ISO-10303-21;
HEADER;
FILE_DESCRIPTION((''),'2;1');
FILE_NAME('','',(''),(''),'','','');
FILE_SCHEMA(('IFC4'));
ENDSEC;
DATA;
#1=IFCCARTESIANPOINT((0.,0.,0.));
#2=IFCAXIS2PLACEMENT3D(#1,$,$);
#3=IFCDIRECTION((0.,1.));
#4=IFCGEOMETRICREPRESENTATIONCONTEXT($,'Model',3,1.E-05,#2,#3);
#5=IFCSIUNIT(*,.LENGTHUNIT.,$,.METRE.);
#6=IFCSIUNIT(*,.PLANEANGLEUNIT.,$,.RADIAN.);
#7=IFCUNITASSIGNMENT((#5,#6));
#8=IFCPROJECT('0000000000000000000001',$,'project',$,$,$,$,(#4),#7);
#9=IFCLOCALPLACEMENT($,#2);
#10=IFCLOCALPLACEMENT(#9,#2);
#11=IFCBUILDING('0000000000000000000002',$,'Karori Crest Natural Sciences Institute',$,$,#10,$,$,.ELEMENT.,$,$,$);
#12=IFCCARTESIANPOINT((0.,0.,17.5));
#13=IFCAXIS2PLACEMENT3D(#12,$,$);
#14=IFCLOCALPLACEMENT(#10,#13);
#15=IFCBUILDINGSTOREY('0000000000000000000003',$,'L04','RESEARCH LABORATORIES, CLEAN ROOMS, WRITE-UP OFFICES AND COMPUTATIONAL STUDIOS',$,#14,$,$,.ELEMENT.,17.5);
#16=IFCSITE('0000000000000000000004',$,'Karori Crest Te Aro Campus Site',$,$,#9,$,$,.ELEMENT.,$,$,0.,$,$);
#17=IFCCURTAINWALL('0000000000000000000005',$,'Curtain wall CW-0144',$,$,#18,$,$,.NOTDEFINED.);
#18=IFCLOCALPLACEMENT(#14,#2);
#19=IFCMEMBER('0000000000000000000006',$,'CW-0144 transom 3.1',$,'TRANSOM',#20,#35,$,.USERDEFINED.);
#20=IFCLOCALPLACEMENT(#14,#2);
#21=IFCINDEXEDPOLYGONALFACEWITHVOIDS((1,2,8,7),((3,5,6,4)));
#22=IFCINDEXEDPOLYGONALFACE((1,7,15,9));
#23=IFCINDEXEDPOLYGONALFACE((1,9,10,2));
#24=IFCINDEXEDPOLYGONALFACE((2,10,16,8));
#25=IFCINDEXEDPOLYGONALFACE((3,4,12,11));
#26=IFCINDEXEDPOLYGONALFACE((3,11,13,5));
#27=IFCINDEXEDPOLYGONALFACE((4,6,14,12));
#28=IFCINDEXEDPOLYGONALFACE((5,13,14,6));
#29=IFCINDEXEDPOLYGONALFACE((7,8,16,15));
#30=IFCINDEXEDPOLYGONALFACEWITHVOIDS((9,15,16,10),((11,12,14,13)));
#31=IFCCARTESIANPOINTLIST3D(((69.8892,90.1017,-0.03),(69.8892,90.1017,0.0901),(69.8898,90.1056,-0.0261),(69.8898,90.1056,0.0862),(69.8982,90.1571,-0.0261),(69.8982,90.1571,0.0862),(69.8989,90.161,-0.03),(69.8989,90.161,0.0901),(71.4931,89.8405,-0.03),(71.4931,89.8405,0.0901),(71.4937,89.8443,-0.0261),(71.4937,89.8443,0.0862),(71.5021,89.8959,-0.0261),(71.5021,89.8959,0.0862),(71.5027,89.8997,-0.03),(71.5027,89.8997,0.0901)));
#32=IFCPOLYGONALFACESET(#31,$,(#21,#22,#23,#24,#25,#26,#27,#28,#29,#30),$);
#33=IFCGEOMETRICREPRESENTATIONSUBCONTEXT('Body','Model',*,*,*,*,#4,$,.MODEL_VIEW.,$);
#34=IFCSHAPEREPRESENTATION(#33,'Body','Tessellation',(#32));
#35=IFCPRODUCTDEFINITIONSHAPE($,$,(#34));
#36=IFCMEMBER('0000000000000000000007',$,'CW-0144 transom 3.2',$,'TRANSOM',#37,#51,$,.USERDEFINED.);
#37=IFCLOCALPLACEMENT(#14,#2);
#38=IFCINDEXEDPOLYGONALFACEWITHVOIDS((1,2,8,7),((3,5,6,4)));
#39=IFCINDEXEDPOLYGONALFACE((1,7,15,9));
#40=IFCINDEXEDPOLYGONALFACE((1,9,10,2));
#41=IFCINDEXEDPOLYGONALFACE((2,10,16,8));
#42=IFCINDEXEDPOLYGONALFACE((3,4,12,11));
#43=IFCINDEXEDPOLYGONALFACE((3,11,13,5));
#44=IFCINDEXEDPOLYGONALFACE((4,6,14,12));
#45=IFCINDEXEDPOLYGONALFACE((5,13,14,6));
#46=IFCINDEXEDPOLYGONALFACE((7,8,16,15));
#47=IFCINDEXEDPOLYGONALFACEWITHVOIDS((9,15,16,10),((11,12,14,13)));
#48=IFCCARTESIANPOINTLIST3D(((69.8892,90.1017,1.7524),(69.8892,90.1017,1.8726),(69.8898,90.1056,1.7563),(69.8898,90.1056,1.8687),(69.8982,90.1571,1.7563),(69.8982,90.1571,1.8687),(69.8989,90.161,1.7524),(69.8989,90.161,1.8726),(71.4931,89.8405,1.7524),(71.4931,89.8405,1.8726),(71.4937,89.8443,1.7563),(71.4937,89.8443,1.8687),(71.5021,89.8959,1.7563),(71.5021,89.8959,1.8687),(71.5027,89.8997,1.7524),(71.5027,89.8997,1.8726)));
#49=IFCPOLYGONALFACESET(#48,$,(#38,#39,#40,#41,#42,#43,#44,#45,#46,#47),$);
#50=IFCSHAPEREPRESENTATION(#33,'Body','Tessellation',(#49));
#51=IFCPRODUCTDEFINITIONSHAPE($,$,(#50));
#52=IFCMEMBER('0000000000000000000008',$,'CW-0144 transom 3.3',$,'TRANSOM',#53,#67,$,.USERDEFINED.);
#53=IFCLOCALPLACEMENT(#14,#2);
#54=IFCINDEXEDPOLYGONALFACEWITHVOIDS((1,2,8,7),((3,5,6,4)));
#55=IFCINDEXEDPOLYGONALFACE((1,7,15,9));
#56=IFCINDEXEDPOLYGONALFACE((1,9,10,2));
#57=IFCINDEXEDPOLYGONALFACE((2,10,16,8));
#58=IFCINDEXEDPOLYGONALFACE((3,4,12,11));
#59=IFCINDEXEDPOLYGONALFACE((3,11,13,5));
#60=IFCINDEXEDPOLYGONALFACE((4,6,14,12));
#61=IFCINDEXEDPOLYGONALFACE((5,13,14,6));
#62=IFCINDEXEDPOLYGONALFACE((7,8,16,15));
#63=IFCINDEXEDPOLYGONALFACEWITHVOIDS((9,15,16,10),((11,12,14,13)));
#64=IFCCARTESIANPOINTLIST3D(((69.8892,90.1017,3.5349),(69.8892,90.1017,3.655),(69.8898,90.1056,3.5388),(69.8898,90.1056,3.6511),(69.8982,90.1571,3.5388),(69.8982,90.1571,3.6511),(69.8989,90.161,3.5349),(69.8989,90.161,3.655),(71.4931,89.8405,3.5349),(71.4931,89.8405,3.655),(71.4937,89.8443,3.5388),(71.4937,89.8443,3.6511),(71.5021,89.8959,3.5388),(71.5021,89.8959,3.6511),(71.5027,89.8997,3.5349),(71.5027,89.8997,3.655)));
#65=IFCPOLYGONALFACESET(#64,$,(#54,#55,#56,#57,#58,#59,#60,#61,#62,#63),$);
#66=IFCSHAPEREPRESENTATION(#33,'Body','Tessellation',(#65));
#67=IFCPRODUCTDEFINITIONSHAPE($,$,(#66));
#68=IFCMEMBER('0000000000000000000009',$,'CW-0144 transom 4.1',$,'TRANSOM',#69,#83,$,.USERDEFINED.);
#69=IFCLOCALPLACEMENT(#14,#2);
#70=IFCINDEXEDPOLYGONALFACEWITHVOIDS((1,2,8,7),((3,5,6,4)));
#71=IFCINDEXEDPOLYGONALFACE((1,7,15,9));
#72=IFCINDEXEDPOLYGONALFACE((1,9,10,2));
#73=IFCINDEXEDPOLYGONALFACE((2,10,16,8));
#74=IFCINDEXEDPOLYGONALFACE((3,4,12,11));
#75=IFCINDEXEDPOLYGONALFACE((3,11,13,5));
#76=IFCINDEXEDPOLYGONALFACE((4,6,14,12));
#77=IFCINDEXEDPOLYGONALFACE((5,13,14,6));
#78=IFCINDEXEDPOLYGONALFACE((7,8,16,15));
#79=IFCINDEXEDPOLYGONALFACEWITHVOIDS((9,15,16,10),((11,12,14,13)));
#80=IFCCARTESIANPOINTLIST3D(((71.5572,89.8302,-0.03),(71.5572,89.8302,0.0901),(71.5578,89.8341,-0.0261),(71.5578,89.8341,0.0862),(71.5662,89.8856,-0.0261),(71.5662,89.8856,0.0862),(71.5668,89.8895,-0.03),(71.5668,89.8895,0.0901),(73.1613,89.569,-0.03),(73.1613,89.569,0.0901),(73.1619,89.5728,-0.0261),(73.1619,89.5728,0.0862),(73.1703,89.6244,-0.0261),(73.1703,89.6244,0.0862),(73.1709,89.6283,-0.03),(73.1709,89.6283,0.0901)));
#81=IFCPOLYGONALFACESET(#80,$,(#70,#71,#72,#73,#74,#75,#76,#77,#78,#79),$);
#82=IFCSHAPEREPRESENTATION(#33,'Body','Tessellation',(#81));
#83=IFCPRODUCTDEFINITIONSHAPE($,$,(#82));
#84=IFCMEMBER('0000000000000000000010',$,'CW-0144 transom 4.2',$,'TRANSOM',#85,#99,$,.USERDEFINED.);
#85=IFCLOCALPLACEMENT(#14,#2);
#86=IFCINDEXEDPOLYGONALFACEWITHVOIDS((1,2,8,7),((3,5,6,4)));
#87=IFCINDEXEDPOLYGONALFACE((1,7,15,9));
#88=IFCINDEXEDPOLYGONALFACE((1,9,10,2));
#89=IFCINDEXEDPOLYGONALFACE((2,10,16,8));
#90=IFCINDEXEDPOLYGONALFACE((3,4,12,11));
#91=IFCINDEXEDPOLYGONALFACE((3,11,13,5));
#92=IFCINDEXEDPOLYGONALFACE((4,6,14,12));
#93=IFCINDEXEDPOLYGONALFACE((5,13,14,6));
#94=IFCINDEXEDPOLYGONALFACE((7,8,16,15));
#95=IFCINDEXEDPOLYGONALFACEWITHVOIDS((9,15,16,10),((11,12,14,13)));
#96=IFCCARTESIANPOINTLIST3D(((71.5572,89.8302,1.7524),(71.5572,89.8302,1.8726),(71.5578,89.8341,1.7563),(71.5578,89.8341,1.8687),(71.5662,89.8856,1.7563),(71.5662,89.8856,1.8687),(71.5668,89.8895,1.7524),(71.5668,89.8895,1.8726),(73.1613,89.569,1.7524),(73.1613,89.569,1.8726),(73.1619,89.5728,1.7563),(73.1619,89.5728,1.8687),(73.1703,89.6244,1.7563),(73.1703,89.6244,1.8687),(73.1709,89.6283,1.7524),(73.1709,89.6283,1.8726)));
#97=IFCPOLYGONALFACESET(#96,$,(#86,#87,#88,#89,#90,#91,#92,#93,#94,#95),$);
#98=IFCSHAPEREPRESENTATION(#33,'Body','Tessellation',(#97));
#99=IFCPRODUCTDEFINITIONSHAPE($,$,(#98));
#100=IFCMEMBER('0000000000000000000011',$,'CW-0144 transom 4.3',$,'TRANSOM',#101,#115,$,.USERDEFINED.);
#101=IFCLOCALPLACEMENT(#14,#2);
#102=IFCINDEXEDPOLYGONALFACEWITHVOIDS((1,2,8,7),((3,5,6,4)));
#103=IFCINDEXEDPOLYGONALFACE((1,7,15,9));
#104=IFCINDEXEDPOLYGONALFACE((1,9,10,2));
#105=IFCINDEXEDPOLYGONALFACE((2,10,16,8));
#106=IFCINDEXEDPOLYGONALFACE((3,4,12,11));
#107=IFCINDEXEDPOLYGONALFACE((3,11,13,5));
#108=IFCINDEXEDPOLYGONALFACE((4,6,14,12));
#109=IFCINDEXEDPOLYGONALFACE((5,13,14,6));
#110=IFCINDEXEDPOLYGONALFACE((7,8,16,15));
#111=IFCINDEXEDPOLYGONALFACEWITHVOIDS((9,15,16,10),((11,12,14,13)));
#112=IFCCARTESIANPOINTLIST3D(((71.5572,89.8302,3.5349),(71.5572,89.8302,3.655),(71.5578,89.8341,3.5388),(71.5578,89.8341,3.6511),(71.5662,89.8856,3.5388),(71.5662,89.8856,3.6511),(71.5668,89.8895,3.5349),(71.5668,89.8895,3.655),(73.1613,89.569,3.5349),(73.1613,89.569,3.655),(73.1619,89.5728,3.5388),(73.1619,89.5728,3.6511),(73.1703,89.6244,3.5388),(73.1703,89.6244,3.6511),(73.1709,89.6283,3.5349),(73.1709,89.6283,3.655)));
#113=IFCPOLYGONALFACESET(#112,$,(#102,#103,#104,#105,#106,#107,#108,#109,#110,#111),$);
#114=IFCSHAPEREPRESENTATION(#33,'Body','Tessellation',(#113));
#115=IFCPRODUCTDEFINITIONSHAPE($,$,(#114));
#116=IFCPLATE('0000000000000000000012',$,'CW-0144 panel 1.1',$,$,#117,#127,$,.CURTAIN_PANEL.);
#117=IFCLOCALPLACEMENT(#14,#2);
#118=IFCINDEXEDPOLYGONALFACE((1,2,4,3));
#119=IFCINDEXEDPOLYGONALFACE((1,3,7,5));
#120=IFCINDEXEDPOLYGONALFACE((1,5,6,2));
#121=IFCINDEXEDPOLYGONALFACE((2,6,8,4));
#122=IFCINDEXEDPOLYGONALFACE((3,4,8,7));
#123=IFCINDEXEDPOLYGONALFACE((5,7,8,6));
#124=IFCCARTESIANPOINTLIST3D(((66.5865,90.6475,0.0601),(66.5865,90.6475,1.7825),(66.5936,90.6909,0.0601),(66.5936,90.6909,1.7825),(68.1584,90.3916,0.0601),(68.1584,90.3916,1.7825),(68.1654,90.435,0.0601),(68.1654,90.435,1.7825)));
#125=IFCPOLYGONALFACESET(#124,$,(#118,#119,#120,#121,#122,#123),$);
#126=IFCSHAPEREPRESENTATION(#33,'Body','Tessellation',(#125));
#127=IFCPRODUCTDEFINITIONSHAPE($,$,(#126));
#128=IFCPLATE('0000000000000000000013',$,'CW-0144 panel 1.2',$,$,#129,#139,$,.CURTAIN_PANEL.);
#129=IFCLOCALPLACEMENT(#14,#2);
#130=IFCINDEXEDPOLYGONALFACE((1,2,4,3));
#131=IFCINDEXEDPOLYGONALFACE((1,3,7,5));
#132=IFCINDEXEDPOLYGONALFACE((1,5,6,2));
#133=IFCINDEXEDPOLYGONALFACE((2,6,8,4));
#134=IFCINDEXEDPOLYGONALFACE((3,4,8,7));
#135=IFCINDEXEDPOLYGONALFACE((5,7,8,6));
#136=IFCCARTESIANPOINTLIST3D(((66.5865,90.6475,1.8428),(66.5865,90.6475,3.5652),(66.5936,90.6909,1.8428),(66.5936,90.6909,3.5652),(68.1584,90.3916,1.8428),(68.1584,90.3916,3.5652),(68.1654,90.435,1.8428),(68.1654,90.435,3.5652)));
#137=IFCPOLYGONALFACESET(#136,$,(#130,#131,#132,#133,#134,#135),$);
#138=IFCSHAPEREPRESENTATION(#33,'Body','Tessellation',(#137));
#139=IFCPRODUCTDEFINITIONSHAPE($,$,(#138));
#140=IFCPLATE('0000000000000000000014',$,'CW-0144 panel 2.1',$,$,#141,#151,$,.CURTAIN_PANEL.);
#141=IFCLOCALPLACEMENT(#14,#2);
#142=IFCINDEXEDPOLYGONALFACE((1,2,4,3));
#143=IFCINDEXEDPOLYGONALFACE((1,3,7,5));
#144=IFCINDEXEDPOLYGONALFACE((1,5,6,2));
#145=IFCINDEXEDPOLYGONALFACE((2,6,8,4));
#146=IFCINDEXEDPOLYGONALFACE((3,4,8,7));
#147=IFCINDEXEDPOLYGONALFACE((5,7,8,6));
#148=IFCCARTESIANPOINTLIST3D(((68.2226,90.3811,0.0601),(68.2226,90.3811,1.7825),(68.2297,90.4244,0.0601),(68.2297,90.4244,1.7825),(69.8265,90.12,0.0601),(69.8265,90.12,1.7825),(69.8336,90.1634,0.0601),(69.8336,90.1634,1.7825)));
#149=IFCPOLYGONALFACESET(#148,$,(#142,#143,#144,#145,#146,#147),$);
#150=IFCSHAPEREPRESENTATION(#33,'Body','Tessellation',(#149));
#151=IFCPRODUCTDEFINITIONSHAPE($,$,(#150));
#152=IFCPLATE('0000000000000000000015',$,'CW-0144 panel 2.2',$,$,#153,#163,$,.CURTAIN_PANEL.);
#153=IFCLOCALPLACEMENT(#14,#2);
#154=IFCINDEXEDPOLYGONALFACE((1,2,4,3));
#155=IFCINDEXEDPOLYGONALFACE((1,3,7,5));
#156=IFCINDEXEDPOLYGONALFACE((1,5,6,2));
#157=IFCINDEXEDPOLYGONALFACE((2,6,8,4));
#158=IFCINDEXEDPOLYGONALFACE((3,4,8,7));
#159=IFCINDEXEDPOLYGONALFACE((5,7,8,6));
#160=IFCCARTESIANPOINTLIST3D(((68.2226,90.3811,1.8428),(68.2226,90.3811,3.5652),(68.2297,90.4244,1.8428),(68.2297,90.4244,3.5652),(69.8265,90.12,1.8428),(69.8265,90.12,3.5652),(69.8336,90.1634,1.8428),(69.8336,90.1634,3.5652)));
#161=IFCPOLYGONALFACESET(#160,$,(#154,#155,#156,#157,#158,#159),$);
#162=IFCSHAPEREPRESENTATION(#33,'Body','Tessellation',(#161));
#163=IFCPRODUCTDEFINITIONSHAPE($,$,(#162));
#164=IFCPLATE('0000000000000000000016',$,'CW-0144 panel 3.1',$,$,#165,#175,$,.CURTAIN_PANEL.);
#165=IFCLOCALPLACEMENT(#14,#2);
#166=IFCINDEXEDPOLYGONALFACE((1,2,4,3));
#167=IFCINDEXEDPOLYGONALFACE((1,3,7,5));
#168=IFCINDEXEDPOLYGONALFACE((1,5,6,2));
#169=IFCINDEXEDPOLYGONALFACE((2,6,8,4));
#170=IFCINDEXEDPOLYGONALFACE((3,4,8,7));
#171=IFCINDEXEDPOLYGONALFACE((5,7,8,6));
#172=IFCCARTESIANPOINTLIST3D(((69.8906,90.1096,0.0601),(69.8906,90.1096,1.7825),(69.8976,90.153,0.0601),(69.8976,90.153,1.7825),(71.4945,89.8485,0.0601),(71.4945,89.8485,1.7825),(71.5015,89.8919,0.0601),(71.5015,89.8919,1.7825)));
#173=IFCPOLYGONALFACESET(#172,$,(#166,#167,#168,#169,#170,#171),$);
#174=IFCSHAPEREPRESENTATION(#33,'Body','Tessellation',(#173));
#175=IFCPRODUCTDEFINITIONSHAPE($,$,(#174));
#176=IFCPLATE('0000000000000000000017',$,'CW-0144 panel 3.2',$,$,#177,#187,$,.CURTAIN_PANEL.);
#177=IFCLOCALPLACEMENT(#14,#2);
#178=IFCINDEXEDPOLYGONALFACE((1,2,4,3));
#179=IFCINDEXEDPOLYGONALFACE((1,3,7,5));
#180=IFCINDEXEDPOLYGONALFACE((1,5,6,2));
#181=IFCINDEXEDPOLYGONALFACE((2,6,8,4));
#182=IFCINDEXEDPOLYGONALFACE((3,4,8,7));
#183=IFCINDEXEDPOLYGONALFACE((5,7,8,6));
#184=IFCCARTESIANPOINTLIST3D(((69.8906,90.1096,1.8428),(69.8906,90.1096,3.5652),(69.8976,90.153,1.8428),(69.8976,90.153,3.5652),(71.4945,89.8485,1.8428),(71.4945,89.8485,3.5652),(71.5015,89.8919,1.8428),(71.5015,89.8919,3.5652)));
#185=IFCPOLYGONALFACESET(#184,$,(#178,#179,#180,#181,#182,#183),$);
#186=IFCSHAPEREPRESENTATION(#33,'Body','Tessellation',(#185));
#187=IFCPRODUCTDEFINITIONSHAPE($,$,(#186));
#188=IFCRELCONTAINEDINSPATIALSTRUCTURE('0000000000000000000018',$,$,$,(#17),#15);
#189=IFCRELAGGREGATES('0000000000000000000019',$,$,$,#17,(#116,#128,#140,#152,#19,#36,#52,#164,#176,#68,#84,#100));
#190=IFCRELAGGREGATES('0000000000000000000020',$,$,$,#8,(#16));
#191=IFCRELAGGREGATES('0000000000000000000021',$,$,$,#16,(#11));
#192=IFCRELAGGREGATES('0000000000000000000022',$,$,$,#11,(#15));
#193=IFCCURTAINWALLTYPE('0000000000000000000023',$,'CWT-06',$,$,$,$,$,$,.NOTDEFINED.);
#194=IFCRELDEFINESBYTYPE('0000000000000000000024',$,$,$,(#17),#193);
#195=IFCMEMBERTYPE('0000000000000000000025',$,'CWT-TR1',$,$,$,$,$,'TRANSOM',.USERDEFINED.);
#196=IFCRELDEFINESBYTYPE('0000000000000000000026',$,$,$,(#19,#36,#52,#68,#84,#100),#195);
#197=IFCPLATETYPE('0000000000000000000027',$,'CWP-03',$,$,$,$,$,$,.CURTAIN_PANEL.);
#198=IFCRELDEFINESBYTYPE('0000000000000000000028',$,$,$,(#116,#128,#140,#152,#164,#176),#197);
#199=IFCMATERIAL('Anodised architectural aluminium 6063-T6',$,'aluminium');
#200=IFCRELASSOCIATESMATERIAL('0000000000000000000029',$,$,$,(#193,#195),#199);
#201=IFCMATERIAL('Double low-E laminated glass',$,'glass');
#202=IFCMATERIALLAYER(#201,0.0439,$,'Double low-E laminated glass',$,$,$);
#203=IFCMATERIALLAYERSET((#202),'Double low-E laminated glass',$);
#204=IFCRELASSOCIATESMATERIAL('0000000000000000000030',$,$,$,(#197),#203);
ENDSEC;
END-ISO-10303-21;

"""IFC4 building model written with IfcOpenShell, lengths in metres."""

from ifc_helpers import new_model, si_unit, direction, frame, origin, origin_2d, place, context, subcontext, project, spatial, rectangle, hollow_rectangle, extrude, material, layer, layer_set, material_profile, profile_set, type_object, element, aggregate, save


model = new_model("IFC4")

# Units and contexts
model_context = context("Model", 3, precision=1e-05, world=origin(), true_north=direction((0.0, 1.0)))
body_context = subcontext(model_context, "Body", "Model", "MODEL_VIEW")
ifc_project = project(units=[si_unit("LENGTHUNIT", "METRE"), si_unit("PLANEANGLEUNIT", "RADIAN")], contexts=[model_context])

# Site, building, storey
site_placement = place(None, origin())
site = spatial("IfcSite", under=ifc_project, at=site_placement, Name="Karori Crest Te Aro Campus Site", CompositionType="ELEMENT", RefElevation=0.0)
building_placement = place(site_placement, origin())
building = spatial("IfcBuilding", under=site, at=building_placement, Name="Karori Crest Natural Sciences Institute", CompositionType="ELEMENT")
storey_placement = place(building_placement, frame((0.0, 0.0, 17.5)))
storey = spatial("IfcBuildingStorey", under=building, at=storey_placement, Name="L04", Description="RESEARCH LABORATORIES, CLEAN ROOMS, WRITE-UP OFFICES AND COMPUTATIONAL STUDIOS", CompositionType="ELEMENT", Elevation=17.5)

# Curtain wall, members, plates
ifc_material_1 = material(Name="Anodised architectural aluminium 6063-T6", Category="aluminium")
curtain_wall_type = type_object("IfcCurtainWallType", Name="CWT-06", PredefinedType="NOTDEFINED", material=ifc_material_1)
curtain_wall_placement = place(storey_placement, origin())
curtain_wall = element("IfcCurtainWall", 1, at=curtain_wall_placement, inside=storey, type_object=curtain_wall_type, Name="Curtain wall CW-0144", PredefinedType="NOTDEFINED")
ifc_material_profile_1 = material_profile(ifc_material_1, hollow_rectangle(XDim=0.0601, YDim=0.1201, WallThickness=0.0039, at=origin_2d()), Name="CWT120x60x4")
ifc_profile_set_1 = profile_set([ifc_material_profile_1], Name="Anodised architectural aluminium 6063-T6")
member_type_1 = type_object("IfcMemberType", Name="CWT-TR1", ElementType="TRANSOM", PredefinedType="USERDEFINED", material=ifc_profile_set_1)
member_1_placement = place(storey_placement, frame((69.894, 90.1313, 0.03), z_axis=(0.986992, -0.160768, 0.0), x_axis=(0.160768, 0.986992, 0.0)))
member_1 = element("IfcMember", 2, at=member_1_placement, type_object=member_type_1, Name="CW-0144 transom 3.1", ObjectType="TRANSOM", PredefinedType="USERDEFINED", context=body_context, shape_type="SweptSolid", body=[
    extrude(hollow_rectangle(XDim=0.0601, YDim=0.1201, WallThickness=0.0039, at=origin_2d()), origin(), (0.0, 0.0, 1.0), 1.625),
])
member_2_placement = place(storey_placement, frame((69.894, 90.1313, 1.8125), z_axis=(0.986992, -0.160768, 0.0), x_axis=(0.160768, 0.986992, 0.0)))
member_2 = element("IfcMember", 3, at=member_2_placement, type_object=member_type_1, Name="CW-0144 transom 3.2", ObjectType="TRANSOM", PredefinedType="USERDEFINED", context=body_context, shape_type="SweptSolid", body=[
    extrude(hollow_rectangle(XDim=0.0601, YDim=0.1201, WallThickness=0.0039, at=origin_2d()), origin(), (0.0, 0.0, 1.0), 1.625),
])
member_3_placement = place(storey_placement, frame((69.894, 90.1313, 3.595), z_axis=(0.986992, -0.160768, 0.0), x_axis=(0.160768, 0.986992, 0.0)))
member_3 = element("IfcMember", 4, at=member_3_placement, type_object=member_type_1, Name="CW-0144 transom 3.3", ObjectType="TRANSOM", PredefinedType="USERDEFINED", context=body_context, shape_type="SweptSolid", body=[
    extrude(hollow_rectangle(XDim=0.0601, YDim=0.1201, WallThickness=0.0039, at=origin_2d()), origin(), (0.0, 0.0, 1.0), 1.625),
])
member_4_placement = place(storey_placement, frame((71.562, 89.8599, 0.03), z_axis=(0.986996, -0.160744, 0.0), x_axis=(0.160744, 0.986996, 0.0)))
member_4 = element("IfcMember", 5, at=member_4_placement, type_object=member_type_1, Name="CW-0144 transom 4.1", ObjectType="TRANSOM", PredefinedType="USERDEFINED", context=body_context, shape_type="SweptSolid", body=[
    extrude(hollow_rectangle(XDim=0.0601, YDim=0.1201, WallThickness=0.0039, at=origin_2d()), origin(), (0.0, 0.0, 1.0), 1.6252),
])
member_5_placement = place(storey_placement, frame((71.562, 89.8599, 1.8125), z_axis=(0.986996, -0.160744, 0.0), x_axis=(0.160744, 0.986996, 0.0)))
member_5 = element("IfcMember", 6, at=member_5_placement, type_object=member_type_1, Name="CW-0144 transom 4.2", ObjectType="TRANSOM", PredefinedType="USERDEFINED", context=body_context, shape_type="SweptSolid", body=[
    extrude(hollow_rectangle(XDim=0.0601, YDim=0.1201, WallThickness=0.0039, at=origin_2d()), origin(), (0.0, 0.0, 1.0), 1.6252),
])
member_6_placement = place(storey_placement, frame((71.562, 89.8599, 3.595), z_axis=(0.986996, -0.160744, 0.0), x_axis=(0.160744, 0.986996, 0.0)))
member_6 = element("IfcMember", 7, at=member_6_placement, type_object=member_type_1, Name="CW-0144 transom 4.3", ObjectType="TRANSOM", PredefinedType="USERDEFINED", context=body_context, shape_type="SweptSolid", body=[
    extrude(hollow_rectangle(XDim=0.0601, YDim=0.1201, WallThickness=0.0039, at=origin_2d()), origin(), (0.0, 0.0, 1.0), 1.6252),
])
ifc_material_2 = material(Name="Double low-E laminated glass", Category="glass")
ifc_layer_1 = layer(ifc_material_2, 0.0439, Name="Double low-E laminated glass")
ifc_layer_set_1 = layer_set([ifc_layer_1], Name="Double low-E laminated glass")
plate_type = type_object("IfcPlateType", Name="CWP-03", PredefinedType="CURTAIN_PANEL", material=ifc_layer_set_1)
plate_1_placement = place(storey_placement, frame((67.376, 90.5413, 0.0601), z_axis=(0.0, 0.0, 1.0), x_axis=(0.987011, -0.160655, 0.0)))
plate_1 = element("IfcPlate", 8, at=plate_1_placement, type_object=plate_type, Name="CW-0144 panel 1.1", PredefinedType="CURTAIN_PANEL", context=body_context, shape_type="SweptSolid", body=[
    extrude(rectangle(XDim=1.5925, YDim=0.0439, at=origin_2d()), origin(), (0.0, 0.0, 1.0), 1.7224),
])
plate_2_placement = place(storey_placement, frame((67.376, 90.5413, 1.8428), z_axis=(0.0, 0.0, 1.0), x_axis=(0.987011, -0.160655, 0.0)))
plate_2 = element("IfcPlate", 9, at=plate_2_placement, type_object=plate_type, Name="CW-0144 panel 1.2", PredefinedType="CURTAIN_PANEL", context=body_context, shape_type="SweptSolid", body=[
    extrude(rectangle(XDim=1.5925, YDim=0.0439, at=origin_2d()), origin(), (0.0, 0.0, 1.0), 1.7224),
])
plate_3_placement = place(storey_placement, frame((69.0281, 90.2722, 0.0601), z_axis=(0.0, 0.0, 1.0), x_axis=(0.987011, -0.160655, 0.0)))
plate_3 = element("IfcPlate", 10, at=plate_3_placement, type_object=plate_type, Name="CW-0144 panel 2.1", PredefinedType="CURTAIN_PANEL", context=body_context, shape_type="SweptSolid", body=[
    extrude(rectangle(XDim=1.625, YDim=0.0439, at=origin_2d()), origin(), (0.0, 0.0, 1.0), 1.7224),
])
plate_4_placement = place(storey_placement, frame((69.0281, 90.2722, 1.8428), z_axis=(0.0, 0.0, 1.0), x_axis=(0.987011, -0.160655, 0.0)))
plate_4 = element("IfcPlate", 11, at=plate_4_placement, type_object=plate_type, Name="CW-0144 panel 2.2", PredefinedType="CURTAIN_PANEL", context=body_context, shape_type="SweptSolid", body=[
    extrude(rectangle(XDim=1.625, YDim=0.0439, at=origin_2d()), origin(), (0.0, 0.0, 1.0), 1.7224),
])
plate_5_placement = place(storey_placement, frame((70.696, 90.0007, 0.0601), z_axis=(0.0, 0.0, 1.0), x_axis=(0.987011, -0.160655, 0.0)))
plate_5 = element("IfcPlate", 12, at=plate_5_placement, type_object=plate_type, Name="CW-0144 panel 3.1", PredefinedType="CURTAIN_PANEL", context=body_context, shape_type="SweptSolid", body=[
    extrude(rectangle(XDim=1.625, YDim=0.0439, at=origin_2d()), origin(), (0.0, 0.0, 1.0), 1.7224),
])
plate_6_placement = place(storey_placement, frame((70.696, 90.0007, 1.8428), z_axis=(0.0, 0.0, 1.0), x_axis=(0.987011, -0.160655, 0.0)))
plate_6 = element("IfcPlate", 13, at=plate_6_placement, type_object=plate_type, Name="CW-0144 panel 3.2", PredefinedType="CURTAIN_PANEL", context=body_context, shape_type="SweptSolid", body=[
    extrude(rectangle(XDim=1.625, YDim=0.0439, at=origin_2d()), origin(), (0.0, 0.0, 1.0), 1.7224),
])
aggregate(curtain_wall, [plate_1, plate_2, plate_3, plate_4, member_1, member_2, member_3, plate_5, plate_6, member_4, member_5, member_6])

save(model, "model.ifc")
